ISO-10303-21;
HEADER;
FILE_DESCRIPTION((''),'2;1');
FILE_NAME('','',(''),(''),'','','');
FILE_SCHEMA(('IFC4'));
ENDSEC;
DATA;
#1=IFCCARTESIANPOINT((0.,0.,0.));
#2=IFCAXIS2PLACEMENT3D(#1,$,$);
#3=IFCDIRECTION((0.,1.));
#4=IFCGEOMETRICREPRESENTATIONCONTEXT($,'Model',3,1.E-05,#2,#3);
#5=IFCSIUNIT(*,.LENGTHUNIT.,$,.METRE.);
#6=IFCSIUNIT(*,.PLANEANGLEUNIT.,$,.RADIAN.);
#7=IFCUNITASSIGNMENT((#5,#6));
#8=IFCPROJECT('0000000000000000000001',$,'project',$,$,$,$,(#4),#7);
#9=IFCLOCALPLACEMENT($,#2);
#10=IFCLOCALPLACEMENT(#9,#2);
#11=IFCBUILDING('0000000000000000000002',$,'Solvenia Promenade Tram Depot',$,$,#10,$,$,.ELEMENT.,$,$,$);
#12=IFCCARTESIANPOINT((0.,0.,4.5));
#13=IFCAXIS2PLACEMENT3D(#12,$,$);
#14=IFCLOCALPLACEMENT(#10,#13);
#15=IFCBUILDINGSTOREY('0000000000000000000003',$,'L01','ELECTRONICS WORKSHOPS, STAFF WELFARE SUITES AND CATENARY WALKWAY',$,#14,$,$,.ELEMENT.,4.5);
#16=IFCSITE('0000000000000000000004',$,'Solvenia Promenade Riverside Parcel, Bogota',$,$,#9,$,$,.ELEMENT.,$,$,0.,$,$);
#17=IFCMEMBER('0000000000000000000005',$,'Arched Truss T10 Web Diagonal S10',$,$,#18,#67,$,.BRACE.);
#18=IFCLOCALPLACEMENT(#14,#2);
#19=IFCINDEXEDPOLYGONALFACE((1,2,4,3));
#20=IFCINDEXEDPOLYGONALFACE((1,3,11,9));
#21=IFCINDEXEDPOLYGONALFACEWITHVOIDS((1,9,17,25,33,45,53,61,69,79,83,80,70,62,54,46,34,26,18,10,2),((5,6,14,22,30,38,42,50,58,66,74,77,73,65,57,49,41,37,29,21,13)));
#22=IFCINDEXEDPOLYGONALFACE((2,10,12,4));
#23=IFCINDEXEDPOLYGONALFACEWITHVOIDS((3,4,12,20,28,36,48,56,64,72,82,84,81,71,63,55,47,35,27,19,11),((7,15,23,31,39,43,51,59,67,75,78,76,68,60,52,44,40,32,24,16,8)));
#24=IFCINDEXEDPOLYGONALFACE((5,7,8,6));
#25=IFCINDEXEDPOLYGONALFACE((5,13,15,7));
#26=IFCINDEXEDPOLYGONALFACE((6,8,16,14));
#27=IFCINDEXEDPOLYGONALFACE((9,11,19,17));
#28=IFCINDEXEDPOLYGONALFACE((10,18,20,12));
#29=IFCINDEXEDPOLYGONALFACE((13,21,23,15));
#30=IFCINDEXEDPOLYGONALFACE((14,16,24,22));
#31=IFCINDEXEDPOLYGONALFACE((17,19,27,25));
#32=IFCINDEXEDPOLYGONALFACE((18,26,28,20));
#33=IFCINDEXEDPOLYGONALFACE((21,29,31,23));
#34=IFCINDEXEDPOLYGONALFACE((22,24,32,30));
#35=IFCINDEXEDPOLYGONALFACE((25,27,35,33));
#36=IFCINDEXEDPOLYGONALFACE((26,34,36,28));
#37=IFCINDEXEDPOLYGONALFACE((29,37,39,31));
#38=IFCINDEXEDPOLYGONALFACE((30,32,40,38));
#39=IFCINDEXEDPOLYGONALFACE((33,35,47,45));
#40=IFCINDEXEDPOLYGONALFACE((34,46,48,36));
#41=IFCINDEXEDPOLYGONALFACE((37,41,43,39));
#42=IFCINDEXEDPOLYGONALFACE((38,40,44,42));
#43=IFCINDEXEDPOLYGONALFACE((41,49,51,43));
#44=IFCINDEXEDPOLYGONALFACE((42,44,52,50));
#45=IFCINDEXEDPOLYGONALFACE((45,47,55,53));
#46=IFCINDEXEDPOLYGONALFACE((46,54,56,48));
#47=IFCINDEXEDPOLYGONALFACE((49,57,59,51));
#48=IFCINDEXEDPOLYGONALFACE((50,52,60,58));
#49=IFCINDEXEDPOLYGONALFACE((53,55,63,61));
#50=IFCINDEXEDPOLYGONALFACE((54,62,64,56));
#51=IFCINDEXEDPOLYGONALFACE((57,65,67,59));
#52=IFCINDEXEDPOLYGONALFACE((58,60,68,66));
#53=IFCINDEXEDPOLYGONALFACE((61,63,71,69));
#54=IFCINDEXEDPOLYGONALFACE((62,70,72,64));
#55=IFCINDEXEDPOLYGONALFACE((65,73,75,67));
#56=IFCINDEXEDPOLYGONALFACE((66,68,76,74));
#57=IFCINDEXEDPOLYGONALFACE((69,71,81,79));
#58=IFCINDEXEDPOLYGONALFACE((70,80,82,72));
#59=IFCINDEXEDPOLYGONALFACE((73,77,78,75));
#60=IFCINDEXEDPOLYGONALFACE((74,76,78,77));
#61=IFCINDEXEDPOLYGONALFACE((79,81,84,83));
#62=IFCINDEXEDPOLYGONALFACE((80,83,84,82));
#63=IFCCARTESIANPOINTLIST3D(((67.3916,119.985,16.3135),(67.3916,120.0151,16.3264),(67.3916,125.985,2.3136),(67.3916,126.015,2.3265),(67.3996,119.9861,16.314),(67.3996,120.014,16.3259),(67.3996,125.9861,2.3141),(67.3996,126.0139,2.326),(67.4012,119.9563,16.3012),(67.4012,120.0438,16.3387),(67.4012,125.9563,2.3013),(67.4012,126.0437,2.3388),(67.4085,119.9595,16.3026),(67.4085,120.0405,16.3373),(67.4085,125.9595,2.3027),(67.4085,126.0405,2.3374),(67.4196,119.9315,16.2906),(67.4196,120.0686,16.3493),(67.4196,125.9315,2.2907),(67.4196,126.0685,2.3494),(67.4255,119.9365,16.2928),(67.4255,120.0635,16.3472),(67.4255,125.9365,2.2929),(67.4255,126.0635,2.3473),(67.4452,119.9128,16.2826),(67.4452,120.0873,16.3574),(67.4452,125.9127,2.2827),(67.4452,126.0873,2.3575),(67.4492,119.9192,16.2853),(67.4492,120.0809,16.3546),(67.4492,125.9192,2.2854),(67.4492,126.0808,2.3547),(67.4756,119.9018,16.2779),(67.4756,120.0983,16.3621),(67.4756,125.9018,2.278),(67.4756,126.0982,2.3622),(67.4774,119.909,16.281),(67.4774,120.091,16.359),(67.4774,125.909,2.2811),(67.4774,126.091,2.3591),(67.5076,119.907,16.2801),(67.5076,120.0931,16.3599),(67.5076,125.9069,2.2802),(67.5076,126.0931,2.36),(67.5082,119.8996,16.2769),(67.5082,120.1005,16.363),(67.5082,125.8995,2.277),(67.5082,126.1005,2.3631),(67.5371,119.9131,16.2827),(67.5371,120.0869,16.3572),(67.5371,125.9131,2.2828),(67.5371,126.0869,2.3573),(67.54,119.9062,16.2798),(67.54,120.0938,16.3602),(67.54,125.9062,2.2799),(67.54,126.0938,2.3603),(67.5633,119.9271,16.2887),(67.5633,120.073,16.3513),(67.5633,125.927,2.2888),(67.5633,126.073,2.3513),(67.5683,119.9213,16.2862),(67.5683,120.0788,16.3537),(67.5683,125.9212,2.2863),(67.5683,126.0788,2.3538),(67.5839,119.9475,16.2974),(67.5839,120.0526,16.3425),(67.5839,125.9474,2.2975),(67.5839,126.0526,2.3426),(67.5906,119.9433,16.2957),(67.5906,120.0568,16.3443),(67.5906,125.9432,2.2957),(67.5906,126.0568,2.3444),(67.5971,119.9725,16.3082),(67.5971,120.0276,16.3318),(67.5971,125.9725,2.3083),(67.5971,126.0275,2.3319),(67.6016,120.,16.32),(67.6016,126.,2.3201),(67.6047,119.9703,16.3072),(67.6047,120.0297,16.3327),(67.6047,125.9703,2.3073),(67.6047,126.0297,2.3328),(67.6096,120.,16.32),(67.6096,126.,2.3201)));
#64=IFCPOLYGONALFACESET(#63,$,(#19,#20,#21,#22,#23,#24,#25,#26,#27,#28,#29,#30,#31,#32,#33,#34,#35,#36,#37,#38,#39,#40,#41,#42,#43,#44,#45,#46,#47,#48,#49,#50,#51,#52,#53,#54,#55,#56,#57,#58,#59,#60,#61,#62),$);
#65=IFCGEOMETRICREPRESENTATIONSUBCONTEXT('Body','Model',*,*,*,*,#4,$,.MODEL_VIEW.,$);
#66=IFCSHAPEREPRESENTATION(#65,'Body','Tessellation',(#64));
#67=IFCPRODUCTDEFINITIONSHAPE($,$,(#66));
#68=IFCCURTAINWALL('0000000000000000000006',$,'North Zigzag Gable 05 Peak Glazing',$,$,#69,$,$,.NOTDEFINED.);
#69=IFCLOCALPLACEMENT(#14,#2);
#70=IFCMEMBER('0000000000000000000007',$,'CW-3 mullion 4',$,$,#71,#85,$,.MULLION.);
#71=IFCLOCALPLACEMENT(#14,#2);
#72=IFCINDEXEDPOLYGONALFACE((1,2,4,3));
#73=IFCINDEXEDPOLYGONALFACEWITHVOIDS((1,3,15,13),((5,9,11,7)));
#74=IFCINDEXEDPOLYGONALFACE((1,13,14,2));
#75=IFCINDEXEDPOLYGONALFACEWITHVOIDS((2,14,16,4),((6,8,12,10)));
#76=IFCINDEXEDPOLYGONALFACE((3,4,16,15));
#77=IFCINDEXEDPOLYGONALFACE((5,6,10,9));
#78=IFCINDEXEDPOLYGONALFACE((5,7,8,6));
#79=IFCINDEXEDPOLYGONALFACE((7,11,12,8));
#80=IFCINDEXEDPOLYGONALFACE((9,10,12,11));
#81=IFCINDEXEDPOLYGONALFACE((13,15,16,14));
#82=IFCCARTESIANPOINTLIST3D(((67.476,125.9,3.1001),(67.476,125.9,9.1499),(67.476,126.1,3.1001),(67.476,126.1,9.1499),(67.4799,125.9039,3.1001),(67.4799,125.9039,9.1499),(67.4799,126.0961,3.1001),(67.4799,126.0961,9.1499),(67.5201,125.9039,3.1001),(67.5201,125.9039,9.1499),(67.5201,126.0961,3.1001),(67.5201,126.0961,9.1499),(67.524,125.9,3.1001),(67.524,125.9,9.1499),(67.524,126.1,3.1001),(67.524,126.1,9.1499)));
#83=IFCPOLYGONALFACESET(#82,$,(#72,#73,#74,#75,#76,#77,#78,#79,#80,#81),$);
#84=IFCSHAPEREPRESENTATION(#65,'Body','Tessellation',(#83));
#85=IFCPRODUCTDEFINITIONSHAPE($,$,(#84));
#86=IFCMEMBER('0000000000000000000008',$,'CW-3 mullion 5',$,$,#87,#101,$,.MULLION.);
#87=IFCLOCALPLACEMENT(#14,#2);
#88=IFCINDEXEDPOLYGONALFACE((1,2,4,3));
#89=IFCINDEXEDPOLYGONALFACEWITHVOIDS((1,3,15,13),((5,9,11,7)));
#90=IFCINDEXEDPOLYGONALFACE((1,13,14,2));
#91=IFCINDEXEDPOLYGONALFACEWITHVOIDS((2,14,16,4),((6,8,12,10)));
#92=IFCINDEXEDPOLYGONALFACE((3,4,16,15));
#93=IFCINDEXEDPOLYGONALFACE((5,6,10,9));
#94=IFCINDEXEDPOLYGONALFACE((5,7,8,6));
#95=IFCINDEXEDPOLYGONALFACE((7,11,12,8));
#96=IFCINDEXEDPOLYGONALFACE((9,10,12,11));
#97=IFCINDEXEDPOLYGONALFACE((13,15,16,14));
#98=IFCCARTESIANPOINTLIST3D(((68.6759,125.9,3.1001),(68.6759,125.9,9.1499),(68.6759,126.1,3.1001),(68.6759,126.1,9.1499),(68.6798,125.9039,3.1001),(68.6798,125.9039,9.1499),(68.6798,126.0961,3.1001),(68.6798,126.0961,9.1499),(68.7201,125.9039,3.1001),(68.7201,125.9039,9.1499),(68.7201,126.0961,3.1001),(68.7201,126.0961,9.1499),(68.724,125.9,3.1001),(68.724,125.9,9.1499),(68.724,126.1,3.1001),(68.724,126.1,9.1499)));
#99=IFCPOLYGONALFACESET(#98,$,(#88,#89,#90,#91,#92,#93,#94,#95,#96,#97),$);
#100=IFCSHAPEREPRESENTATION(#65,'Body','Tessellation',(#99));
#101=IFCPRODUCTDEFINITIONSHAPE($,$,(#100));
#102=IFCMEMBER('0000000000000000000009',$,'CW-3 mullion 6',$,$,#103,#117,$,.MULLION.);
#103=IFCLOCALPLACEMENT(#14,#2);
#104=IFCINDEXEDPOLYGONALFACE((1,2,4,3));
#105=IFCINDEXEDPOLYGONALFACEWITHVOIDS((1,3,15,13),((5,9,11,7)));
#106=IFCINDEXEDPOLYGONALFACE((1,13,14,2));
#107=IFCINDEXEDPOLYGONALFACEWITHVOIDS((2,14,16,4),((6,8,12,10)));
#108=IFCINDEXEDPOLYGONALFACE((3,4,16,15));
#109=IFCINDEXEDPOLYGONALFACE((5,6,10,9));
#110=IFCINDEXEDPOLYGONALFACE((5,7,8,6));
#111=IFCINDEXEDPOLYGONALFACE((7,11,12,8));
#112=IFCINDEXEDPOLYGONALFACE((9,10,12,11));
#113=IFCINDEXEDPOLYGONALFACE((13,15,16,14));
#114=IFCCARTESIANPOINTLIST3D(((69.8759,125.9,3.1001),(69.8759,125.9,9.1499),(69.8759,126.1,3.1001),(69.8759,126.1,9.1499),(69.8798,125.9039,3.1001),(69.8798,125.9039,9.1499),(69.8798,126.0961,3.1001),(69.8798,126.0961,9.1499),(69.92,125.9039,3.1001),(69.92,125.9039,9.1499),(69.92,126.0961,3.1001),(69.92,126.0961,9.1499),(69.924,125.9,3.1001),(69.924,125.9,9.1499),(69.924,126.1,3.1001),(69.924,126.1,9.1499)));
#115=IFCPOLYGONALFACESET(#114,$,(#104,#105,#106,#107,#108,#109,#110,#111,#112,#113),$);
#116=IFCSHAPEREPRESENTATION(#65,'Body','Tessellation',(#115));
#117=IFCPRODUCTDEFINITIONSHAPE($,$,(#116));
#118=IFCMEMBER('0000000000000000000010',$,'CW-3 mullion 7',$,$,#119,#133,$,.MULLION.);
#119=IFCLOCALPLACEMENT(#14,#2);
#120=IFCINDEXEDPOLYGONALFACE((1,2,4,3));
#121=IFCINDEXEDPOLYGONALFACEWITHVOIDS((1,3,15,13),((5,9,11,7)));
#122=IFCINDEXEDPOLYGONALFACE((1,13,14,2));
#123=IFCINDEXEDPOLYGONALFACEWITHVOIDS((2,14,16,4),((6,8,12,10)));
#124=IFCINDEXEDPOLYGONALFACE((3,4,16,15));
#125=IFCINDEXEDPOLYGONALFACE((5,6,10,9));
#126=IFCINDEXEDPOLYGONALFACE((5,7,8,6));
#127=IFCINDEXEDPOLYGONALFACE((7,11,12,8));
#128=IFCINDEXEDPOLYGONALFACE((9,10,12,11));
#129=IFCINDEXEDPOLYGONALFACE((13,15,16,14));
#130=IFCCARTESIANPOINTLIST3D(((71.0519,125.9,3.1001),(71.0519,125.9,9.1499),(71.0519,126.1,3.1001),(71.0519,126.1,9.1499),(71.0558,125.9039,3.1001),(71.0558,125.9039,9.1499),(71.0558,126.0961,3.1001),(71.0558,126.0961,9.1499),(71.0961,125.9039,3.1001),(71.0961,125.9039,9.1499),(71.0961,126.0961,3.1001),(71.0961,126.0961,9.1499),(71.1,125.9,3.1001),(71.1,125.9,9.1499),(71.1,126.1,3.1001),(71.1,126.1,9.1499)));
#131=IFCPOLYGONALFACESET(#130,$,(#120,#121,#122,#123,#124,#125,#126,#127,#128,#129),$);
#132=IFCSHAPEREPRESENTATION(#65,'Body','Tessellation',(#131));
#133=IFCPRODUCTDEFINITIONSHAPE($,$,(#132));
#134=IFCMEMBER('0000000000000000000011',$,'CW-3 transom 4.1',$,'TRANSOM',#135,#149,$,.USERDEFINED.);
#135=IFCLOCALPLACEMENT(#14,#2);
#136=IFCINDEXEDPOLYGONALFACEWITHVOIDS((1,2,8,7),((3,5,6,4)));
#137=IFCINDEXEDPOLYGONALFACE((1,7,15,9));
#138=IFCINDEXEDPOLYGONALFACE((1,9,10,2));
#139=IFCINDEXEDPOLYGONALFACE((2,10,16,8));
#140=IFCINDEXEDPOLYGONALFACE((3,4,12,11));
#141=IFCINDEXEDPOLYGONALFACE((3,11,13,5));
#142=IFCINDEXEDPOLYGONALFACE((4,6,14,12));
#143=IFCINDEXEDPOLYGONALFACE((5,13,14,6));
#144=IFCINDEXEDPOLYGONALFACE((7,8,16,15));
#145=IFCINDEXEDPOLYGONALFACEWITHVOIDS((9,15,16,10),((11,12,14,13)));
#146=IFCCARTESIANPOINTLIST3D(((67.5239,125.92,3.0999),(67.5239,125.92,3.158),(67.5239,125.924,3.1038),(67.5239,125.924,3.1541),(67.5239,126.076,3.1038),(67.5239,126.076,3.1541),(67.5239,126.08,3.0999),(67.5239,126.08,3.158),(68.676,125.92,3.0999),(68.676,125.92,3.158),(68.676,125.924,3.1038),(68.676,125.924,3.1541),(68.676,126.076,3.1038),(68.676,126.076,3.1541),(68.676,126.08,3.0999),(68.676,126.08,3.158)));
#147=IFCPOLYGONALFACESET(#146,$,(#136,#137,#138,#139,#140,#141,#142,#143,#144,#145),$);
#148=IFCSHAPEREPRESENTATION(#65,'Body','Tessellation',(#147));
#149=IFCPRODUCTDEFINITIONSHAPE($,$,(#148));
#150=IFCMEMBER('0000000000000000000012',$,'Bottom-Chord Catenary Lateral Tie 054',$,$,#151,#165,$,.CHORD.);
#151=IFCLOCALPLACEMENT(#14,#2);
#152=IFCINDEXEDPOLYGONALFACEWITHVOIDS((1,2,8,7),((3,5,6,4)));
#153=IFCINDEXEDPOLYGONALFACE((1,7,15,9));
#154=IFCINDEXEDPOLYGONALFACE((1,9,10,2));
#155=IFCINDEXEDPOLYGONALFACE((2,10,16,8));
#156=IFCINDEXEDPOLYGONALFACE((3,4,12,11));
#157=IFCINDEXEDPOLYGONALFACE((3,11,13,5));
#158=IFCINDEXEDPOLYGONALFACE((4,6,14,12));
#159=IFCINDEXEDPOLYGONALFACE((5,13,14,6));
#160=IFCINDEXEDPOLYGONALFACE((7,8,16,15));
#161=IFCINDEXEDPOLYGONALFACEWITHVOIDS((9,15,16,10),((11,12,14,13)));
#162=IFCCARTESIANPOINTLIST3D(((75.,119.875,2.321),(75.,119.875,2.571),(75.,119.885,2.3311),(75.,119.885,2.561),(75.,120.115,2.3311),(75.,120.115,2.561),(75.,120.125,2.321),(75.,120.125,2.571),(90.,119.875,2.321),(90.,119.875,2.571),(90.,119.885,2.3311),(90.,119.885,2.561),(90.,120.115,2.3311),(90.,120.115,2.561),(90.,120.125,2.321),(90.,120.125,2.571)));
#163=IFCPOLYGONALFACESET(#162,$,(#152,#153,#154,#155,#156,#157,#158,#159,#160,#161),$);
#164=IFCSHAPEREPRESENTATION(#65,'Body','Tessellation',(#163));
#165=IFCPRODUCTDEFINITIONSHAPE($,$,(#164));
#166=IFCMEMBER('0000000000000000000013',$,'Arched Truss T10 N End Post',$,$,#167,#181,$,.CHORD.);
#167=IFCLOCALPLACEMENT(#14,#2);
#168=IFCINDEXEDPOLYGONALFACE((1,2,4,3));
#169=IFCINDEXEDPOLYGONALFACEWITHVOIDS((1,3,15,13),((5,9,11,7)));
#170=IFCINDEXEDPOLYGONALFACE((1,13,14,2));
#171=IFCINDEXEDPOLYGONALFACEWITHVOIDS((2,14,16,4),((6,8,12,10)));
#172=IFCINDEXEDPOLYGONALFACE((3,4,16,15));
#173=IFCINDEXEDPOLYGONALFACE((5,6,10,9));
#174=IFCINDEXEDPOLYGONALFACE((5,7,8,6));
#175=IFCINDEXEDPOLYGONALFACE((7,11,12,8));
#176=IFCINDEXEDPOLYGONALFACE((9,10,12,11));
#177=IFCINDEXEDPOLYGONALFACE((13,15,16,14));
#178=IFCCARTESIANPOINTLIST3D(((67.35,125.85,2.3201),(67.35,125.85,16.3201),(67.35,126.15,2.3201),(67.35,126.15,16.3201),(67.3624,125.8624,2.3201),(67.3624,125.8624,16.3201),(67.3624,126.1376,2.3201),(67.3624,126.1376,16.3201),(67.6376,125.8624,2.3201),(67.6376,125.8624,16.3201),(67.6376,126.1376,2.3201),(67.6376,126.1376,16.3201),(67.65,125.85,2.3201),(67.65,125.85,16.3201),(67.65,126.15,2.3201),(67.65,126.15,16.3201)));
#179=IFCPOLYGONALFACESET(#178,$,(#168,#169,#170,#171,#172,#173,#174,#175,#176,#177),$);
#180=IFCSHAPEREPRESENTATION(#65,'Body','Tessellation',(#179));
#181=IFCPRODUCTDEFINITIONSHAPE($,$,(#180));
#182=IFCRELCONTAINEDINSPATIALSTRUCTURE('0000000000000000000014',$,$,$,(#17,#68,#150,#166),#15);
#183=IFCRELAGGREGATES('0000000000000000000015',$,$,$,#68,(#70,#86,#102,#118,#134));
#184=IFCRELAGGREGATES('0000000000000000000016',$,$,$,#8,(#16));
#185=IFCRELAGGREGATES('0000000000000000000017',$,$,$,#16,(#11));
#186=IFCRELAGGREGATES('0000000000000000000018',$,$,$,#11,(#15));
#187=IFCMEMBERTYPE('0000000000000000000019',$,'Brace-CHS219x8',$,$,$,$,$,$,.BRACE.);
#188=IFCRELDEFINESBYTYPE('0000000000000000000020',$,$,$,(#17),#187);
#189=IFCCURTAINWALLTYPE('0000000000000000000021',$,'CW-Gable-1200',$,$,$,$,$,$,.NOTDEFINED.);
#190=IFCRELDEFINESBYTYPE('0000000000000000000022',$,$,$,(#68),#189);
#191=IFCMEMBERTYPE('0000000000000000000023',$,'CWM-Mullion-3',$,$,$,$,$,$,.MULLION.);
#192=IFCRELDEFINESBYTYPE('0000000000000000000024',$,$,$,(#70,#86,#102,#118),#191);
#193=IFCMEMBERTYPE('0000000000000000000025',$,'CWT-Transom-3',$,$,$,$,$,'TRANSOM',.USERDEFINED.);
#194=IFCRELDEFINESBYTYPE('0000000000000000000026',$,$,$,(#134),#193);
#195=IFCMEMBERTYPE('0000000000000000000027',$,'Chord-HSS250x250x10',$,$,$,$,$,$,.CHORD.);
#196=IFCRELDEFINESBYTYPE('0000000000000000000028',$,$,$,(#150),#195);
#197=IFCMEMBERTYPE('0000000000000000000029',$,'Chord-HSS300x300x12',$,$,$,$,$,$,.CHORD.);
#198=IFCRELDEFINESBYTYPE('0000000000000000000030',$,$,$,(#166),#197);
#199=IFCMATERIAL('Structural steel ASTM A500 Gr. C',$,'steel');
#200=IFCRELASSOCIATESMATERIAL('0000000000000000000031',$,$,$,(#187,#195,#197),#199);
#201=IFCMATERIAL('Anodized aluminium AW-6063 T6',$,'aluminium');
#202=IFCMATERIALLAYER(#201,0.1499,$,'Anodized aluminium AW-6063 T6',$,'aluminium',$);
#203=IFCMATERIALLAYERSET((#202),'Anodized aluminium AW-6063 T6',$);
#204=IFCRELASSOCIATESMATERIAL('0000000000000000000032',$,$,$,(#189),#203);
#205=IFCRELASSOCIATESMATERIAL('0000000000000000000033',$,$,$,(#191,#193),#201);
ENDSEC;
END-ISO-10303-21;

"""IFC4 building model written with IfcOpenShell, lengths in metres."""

from ifc_helpers import new_model, si_unit, direction, frame, origin, origin_2d, place, context, subcontext, project, spatial, hollow_rectangle, hollow_circle, extrude, material, layer, layer_set, material_profile, profile_set, type_object, element, aggregate, save


model = new_model("IFC4")

# Units and contexts
model_context = context("Model", 3, precision=1e-05, world=origin(), true_north=direction((0.0, 1.0)))
body_context = subcontext(model_context, "Body", "Model", "MODEL_VIEW")
ifc_project = project(units=[si_unit("LENGTHUNIT", "METRE"), si_unit("PLANEANGLEUNIT", "RADIAN")], contexts=[model_context])

# Site, building, storey
site_placement = place(None, origin())
site = spatial("IfcSite", under=ifc_project, at=site_placement, Name="Solvenia Promenade Riverside Parcel, Bogota", CompositionType="ELEMENT", RefElevation=0.0)
building_placement = place(site_placement, origin())
building = spatial("IfcBuilding", under=site, at=building_placement, Name="Solvenia Promenade Tram Depot", CompositionType="ELEMENT")
storey_placement = place(building_placement, frame((0.0, 0.0, 4.5)))
storey = spatial("IfcBuildingStorey", under=building, at=storey_placement, Name="L01", Description="ELECTRONICS WORKSHOPS, STAFF WELFARE SUITES AND CATENARY WALKWAY", CompositionType="ELEMENT", Elevation=4.5)

# Member
ifc_material_1 = material(Name="Structural steel ASTM A500 Gr. C", Category="steel")
ifc_material_profile_1 = material_profile(ifc_material_1, hollow_circle(Radius=0.1096, WallThickness=0.0081, at=origin_2d()), Name="CHS219.1x8", Category="steel")
ifc_profile_set_1 = profile_set([ifc_material_profile_1], Name="Structural steel ASTM A500 Gr. C")
member_type_1 = type_object("IfcMemberType", Name="Brace-CHS219x8", PredefinedType="BRACE", material=ifc_profile_set_1)
member_1_placement = place(storey_placement, frame((67.5, 126.0, 2.3201), z_axis=(0.0, -0.393919, 0.919145), x_axis=(1.0, 0.0, 0.0)))
element("IfcMember", 1, at=member_1_placement, inside=storey, type_object=member_type_1, Name="Arched Truss T10 Web Diagonal S10", PredefinedType="BRACE", context=body_context, shape_type="SweptSolid", body=[
    extrude(hollow_circle(Radius=0.1096, WallThickness=0.0081, at=origin_2d()), origin(), (0.0, 0.0, 1.0), 15.2314),
])

# Curtain wall, members
ifc_material_2 = material(Name="Anodized aluminium AW-6063 T6", Category="aluminium")
ifc_layer_1 = layer(ifc_material_2, 0.1499, Name="Anodized aluminium AW-6063 T6", Category="aluminium")
ifc_layer_set_1 = layer_set([ifc_layer_1], Name="Anodized aluminium AW-6063 T6")
curtain_wall_type = type_object("IfcCurtainWallType", Name="CW-Gable-1200", PredefinedType="NOTDEFINED", material=ifc_layer_set_1)
curtain_wall_placement = place(storey_placement, origin())
curtain_wall = element("IfcCurtainWall", 2, at=curtain_wall_placement, inside=storey, type_object=curtain_wall_type, Name="North Zigzag Gable 05 Peak Glazing", PredefinedType="NOTDEFINED")
ifc_material_profile_2 = material_profile(ifc_material_2, hollow_rectangle(XDim=0.2, YDim=0.0481, WallThickness=0.0039, at=origin_2d()), Name="ALU-M3", Category="aluminium")
ifc_profile_set_2 = profile_set([ifc_material_profile_2], Name="Anodized aluminium AW-6063 T6")
member_type_2 = type_object("IfcMemberType", Name="CWM-Mullion-3", PredefinedType="MULLION", material=ifc_profile_set_2)
member_2_placement = place(storey_placement, frame((67.5, 126.0, 3.1001), z_axis=(0.0, 0.0, 1.0), x_axis=(0.0, 1.0, 0.0)))
member_2 = element("IfcMember", 3, at=member_2_placement, type_object=member_type_2, Name="CW-3 mullion 4", PredefinedType="MULLION", context=body_context, shape_type="SweptSolid", body=[
    extrude(hollow_rectangle(XDim=0.2, YDim=0.0481, WallThickness=0.0039, at=origin_2d()), origin(), (0.0, 0.0, 1.0), 6.0498),
])
member_3_placement = place(storey_placement, frame((68.7, 126.0, 3.1001), z_axis=(0.0, 0.0, 1.0), x_axis=(0.0, 1.0, 0.0)))
member_3 = element("IfcMember", 4, at=member_3_placement, type_object=member_type_2, Name="CW-3 mullion 5", PredefinedType="MULLION", context=body_context, shape_type="SweptSolid", body=[
    extrude(hollow_rectangle(XDim=0.2, YDim=0.0481, WallThickness=0.0039, at=origin_2d()), origin(), (0.0, 0.0, 1.0), 6.0498),
])
member_4_placement = place(storey_placement, frame((69.8999, 126.0, 3.1001), z_axis=(0.0, 0.0, 1.0), x_axis=(0.0, 1.0, 0.0)))
member_4 = element("IfcMember", 5, at=member_4_placement, type_object=member_type_2, Name="CW-3 mullion 6", PredefinedType="MULLION", context=body_context, shape_type="SweptSolid", body=[
    extrude(hollow_rectangle(XDim=0.2, YDim=0.0481, WallThickness=0.0039, at=origin_2d()), origin(), (0.0, 0.0, 1.0), 6.0498),
])
member_5_placement = place(storey_placement, frame((71.0759, 126.0, 3.1001), z_axis=(0.0, 0.0, 1.0), x_axis=(0.0, 1.0, 0.0)))
member_5 = element("IfcMember", 6, at=member_5_placement, type_object=member_type_2, Name="CW-3 mullion 7", PredefinedType="MULLION", context=body_context, shape_type="SweptSolid", body=[
    extrude(hollow_rectangle(XDim=0.2, YDim=0.0481, WallThickness=0.0039, at=origin_2d()), origin(), (0.0, 0.0, 1.0), 6.0498),
])
ifc_material_profile_3 = material_profile(ifc_material_2, hollow_rectangle(XDim=0.1599, YDim=0.0581, WallThickness=0.0039, at=origin_2d()), Name="ALU-T3", Category="aluminium")
ifc_profile_set_3 = profile_set([ifc_material_profile_3], Name="Anodized aluminium AW-6063 T6")
member_type_3 = type_object("IfcMemberType", Name="CWT-Transom-3", ElementType="TRANSOM", PredefinedType="USERDEFINED", material=ifc_profile_set_3)
member_6_placement = place(storey_placement, frame((67.5239, 126.0, 3.1289), z_axis=(1.0, 0.0, 0.0), x_axis=(0.0, 1.0, 0.0)))
member_6 = element("IfcMember", 7, at=member_6_placement, type_object=member_type_3, Name="CW-3 transom 4.1", ObjectType="TRANSOM", PredefinedType="USERDEFINED", context=body_context, shape_type="SweptSolid", body=[
    extrude(hollow_rectangle(XDim=0.1599, YDim=0.0581, WallThickness=0.0039, at=origin_2d()), origin(), (0.0, 0.0, 1.0), 1.1521),
])
aggregate(curtain_wall, [member_2, member_3, member_4, member_5, member_6])

# Members
ifc_material_profile_4 = material_profile(ifc_material_1, hollow_rectangle(XDim=0.25, YDim=0.25, WallThickness=0.01, at=origin_2d()), Name="HSS250x250x10", Category="steel")
ifc_profile_set_4 = profile_set([ifc_material_profile_4], Name="Structural steel ASTM A500 Gr. C")
member_type_4 = type_object("IfcMemberType", Name="Chord-HSS250x250x10", PredefinedType="CHORD", material=ifc_profile_set_4)
member_7_placement = place(storey_placement, frame((75.0, 120.0, 2.446), z_axis=(1.0, 0.0, 0.0), x_axis=(0.0, 1.0, 0.0)))
element("IfcMember", 8, at=member_7_placement, inside=storey, type_object=member_type_4, Name="Bottom-Chord Catenary Lateral Tie 054", PredefinedType="CHORD", context=body_context, shape_type="SweptSolid", body=[
    extrude(hollow_rectangle(XDim=0.25, YDim=0.25, WallThickness=0.01, at=origin_2d()), origin(), (0.0, 0.0, 1.0), 15.0),
])
ifc_material_profile_5 = material_profile(ifc_material_1, hollow_rectangle(XDim=0.3, YDim=0.3, WallThickness=0.0125, at=origin_2d()), Name="HSS300x300x12.5", Category="steel")
ifc_profile_set_5 = profile_set([ifc_material_profile_5], Name="Structural steel ASTM A500 Gr. C")
member_type_5 = type_object("IfcMemberType", Name="Chord-HSS300x300x12", PredefinedType="CHORD", material=ifc_profile_set_5)
member_8_placement = place(storey_placement, frame((67.5, 126.0, 2.3201), z_axis=(0.0, 0.0, 1.0), x_axis=(1.0, 0.0, 0.0)))
element("IfcMember", 9, at=member_8_placement, inside=storey, type_object=member_type_5, Name="Arched Truss T10 N End Post", PredefinedType="CHORD", context=body_context, shape_type="SweptSolid", body=[
    extrude(hollow_rectangle(XDim=0.3, YDim=0.3, WallThickness=0.0125, at=origin_2d()), origin(), (0.0, 0.0, 1.0), 14.0),
])

save(model, "model.ifc")
